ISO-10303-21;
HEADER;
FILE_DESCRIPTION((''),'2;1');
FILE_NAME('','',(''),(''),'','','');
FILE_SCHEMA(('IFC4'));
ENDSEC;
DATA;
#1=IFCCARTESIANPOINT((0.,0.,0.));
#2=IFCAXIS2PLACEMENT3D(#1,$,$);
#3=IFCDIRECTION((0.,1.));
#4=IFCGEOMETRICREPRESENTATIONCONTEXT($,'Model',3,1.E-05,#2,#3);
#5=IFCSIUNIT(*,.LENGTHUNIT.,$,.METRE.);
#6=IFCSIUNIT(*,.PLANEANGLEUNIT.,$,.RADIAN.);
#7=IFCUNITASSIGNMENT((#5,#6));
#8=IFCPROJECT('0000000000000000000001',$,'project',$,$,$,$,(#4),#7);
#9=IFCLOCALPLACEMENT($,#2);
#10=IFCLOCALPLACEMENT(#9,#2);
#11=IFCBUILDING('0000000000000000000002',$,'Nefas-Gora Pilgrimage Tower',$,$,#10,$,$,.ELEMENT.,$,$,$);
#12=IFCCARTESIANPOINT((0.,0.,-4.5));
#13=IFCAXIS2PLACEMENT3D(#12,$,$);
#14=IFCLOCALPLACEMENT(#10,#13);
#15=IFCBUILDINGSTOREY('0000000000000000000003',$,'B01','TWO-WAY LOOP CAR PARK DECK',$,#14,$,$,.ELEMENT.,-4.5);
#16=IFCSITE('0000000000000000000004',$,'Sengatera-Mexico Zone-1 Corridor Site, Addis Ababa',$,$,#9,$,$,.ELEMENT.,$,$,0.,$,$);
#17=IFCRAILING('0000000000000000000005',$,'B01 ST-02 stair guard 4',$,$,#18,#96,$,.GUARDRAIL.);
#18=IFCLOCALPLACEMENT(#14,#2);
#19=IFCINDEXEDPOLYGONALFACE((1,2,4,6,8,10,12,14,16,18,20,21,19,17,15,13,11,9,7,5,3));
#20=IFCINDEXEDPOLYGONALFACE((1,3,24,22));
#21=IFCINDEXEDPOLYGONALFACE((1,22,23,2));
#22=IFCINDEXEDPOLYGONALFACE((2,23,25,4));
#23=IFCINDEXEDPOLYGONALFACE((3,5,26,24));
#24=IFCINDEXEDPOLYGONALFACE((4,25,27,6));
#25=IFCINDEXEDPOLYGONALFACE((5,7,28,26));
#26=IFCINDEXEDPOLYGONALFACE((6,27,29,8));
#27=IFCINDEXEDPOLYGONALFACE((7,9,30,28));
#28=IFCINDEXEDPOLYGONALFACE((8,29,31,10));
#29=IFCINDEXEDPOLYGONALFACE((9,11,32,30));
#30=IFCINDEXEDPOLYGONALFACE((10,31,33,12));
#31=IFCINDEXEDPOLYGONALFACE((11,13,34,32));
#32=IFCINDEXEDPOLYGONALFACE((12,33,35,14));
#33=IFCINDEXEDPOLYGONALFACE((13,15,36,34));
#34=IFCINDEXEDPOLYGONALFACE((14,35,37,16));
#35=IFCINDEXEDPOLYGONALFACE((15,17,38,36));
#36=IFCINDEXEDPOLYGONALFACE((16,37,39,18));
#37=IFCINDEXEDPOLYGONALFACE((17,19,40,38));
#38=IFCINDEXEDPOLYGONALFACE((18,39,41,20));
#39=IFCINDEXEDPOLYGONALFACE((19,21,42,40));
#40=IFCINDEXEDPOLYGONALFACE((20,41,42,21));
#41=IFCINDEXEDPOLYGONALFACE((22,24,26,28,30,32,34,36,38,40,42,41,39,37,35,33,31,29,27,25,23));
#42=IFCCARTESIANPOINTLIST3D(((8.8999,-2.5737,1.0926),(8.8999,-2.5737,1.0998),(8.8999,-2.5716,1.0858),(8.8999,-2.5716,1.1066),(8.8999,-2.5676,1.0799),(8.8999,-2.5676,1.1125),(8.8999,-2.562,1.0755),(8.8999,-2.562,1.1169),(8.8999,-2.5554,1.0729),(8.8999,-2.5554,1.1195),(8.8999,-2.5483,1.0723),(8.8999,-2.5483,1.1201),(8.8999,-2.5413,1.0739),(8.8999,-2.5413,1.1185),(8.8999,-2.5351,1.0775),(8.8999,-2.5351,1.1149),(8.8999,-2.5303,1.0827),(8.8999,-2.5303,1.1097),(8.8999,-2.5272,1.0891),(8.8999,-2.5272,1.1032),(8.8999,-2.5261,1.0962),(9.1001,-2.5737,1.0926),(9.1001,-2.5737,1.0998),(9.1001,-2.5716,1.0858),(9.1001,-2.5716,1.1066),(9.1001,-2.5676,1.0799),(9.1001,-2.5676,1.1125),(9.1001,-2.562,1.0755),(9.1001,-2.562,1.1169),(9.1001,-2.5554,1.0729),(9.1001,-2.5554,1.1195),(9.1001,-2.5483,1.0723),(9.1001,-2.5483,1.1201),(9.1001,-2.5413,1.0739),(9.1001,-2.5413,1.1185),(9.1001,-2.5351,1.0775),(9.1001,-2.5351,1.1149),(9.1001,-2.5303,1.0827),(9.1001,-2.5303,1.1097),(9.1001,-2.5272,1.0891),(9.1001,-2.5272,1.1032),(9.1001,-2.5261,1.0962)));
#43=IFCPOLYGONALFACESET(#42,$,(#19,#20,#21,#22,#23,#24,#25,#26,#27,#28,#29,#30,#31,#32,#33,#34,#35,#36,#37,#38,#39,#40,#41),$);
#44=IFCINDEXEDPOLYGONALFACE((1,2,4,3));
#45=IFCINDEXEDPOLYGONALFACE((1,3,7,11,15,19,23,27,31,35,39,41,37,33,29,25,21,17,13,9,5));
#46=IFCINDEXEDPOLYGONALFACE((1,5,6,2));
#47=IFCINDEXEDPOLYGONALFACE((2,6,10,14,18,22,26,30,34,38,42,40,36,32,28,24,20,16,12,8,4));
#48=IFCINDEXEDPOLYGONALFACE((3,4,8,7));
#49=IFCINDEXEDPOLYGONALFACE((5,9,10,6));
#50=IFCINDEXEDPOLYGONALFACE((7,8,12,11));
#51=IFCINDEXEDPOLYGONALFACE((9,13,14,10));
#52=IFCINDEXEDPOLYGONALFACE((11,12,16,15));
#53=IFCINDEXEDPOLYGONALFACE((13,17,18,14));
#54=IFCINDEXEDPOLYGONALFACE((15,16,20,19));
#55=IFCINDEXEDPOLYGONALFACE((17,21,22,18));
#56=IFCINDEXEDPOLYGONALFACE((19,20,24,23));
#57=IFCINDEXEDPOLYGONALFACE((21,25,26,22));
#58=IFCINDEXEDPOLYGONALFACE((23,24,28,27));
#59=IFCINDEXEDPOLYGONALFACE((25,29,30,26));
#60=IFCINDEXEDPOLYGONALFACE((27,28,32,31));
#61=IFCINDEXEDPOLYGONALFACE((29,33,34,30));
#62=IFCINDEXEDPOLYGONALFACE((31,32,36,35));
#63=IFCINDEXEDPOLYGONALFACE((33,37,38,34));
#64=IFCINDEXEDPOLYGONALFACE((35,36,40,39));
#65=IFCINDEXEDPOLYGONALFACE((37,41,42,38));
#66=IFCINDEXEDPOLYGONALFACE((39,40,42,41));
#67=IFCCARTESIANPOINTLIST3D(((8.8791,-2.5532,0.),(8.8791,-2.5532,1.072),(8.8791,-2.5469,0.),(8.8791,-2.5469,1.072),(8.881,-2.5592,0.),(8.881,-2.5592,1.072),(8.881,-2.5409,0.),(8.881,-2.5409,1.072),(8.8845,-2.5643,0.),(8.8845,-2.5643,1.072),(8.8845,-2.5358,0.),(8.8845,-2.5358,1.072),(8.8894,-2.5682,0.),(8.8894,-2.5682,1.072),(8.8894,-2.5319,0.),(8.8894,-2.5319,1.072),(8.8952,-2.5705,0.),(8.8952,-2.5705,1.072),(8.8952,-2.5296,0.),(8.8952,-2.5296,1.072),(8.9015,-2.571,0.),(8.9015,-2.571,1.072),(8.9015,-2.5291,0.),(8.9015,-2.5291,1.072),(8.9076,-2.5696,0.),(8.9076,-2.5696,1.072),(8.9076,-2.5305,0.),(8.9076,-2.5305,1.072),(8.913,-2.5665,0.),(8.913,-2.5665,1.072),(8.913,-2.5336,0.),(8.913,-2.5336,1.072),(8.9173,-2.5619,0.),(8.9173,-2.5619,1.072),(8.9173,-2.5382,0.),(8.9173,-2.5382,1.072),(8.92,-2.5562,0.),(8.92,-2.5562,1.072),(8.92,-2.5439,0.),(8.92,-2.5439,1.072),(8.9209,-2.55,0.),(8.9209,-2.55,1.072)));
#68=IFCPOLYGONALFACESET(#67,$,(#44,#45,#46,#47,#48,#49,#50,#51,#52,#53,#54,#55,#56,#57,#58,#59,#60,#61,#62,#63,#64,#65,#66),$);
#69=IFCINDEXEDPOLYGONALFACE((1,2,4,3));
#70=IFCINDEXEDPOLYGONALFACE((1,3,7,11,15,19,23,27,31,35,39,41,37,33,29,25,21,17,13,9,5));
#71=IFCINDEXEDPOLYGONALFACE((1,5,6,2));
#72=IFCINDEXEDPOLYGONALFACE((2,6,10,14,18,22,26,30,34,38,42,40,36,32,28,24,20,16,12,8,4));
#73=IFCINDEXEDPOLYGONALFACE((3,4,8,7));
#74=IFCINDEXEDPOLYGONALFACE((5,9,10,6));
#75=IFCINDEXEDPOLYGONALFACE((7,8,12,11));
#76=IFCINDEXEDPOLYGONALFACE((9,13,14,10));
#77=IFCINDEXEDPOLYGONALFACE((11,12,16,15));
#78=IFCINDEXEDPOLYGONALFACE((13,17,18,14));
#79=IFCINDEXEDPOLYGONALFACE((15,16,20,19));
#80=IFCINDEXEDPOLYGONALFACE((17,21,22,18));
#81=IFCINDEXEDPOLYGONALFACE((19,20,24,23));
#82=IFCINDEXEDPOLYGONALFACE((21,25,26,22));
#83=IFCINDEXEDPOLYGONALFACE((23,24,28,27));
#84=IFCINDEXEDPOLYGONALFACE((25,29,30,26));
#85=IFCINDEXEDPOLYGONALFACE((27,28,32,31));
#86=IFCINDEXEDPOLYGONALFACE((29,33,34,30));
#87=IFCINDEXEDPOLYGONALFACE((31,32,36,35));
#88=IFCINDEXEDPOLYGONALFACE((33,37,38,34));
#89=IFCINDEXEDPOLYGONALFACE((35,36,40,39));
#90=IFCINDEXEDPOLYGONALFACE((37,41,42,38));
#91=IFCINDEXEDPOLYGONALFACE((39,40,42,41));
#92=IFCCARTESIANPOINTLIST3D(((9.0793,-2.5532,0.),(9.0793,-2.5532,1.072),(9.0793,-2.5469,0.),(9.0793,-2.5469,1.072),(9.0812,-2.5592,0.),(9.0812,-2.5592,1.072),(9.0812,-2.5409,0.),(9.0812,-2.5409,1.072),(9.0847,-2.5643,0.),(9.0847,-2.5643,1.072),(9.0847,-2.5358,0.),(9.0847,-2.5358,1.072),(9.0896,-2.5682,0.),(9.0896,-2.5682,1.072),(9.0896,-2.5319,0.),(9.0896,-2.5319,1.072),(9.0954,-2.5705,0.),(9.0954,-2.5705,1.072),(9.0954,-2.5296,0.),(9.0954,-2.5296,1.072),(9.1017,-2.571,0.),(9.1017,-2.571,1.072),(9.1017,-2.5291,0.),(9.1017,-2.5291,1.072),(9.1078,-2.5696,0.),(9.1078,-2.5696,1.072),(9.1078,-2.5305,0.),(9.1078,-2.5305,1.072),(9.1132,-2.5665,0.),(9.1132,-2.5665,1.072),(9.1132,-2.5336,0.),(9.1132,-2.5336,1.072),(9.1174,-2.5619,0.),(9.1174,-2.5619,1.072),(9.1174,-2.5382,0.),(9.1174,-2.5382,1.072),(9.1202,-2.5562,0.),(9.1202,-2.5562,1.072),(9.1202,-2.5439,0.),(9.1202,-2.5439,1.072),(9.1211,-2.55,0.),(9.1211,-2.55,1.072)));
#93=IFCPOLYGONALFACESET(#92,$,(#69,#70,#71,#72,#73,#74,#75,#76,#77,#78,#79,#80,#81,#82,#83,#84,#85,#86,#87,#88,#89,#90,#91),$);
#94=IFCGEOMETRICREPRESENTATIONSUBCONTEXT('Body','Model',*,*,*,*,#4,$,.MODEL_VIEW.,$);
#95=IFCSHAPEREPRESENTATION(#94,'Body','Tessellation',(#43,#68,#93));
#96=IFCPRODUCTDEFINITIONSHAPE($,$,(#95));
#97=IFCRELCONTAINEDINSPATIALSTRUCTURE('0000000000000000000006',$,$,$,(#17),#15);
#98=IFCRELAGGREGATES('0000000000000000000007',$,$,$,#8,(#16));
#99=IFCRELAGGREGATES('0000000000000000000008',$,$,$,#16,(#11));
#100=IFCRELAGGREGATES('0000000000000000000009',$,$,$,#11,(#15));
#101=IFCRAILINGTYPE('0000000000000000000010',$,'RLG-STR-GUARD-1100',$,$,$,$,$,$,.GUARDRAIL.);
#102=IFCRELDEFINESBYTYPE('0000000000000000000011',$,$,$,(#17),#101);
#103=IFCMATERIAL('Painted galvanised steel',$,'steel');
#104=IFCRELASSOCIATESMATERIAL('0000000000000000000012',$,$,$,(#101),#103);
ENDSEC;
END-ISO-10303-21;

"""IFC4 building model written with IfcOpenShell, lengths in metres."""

from ifc_helpers import new_model, si_unit, direction, frame, origin, origin_2d, place, context, subcontext, project, spatial, circle, extrude, material, type_object, element, save


model = new_model("IFC4")

# Units and contexts
model_context = context("Model", 3, precision=1e-05, world=origin(), true_north=direction((0.0, 1.0)))
body_context = subcontext(model_context, "Body", "Model", "MODEL_VIEW")
ifc_project = project(units=[si_unit("LENGTHUNIT", "METRE"), si_unit("PLANEANGLEUNIT", "RADIAN")], contexts=[model_context])

# Site, building, storey
site_placement = place(None, origin())
site = spatial("IfcSite", under=ifc_project, at=site_placement, Name="Sengatera-Mexico Zone-1 Corridor Site, Addis Ababa", CompositionType="ELEMENT", RefElevation=0.0)
building_placement = place(site_placement, origin())
building = spatial("IfcBuilding", under=site, at=building_placement, Name="Nefas-Gora Pilgrimage Tower", CompositionType="ELEMENT")
storey_placement = place(building_placement, frame((0.0, 0.0, -4.5)))
storey = spatial("IfcBuildingStorey", under=building, at=storey_placement, Name="B01", Description="TWO-WAY LOOP CAR PARK DECK", CompositionType="ELEMENT", Elevation=-4.5)

# Railing
ifc_material_1 = material(Name="Painted galvanised steel", Category="steel")
railing_type = type_object("IfcRailingType", Name="RLG-STR-GUARD-1100", PredefinedType="GUARDRAIL", material=ifc_material_1)
railing_1_placement = place(storey_placement, frame((8.8999, -2.55, 0.0)))
element("IfcRailing", 1, at=railing_1_placement, inside=storey, type_object=railing_type, Name="B01 ST-02 stair guard 4", PredefinedType="GUARDRAIL", context=body_context, shape_type="SweptSolid", body=[
    extrude(circle(Radius=0.0239, at=origin_2d()), frame((0.0, 0.0, 1.0962), z_axis=(1.0, 0.0, 0.0), x_axis=(0.0, 1.0, 0.0)), (0.0, 0.0, 1.0), 0.2002),
    extrude(circle(Radius=0.021, at=origin_2d()), origin(), (0.0, 0.0, 1.0), 1.072),
    extrude(circle(Radius=0.021, at=origin_2d()), frame((0.2002, 0.0, 0.0)), (0.0, 0.0, 1.0), 1.072),
])

save(model, "model.ifc")
